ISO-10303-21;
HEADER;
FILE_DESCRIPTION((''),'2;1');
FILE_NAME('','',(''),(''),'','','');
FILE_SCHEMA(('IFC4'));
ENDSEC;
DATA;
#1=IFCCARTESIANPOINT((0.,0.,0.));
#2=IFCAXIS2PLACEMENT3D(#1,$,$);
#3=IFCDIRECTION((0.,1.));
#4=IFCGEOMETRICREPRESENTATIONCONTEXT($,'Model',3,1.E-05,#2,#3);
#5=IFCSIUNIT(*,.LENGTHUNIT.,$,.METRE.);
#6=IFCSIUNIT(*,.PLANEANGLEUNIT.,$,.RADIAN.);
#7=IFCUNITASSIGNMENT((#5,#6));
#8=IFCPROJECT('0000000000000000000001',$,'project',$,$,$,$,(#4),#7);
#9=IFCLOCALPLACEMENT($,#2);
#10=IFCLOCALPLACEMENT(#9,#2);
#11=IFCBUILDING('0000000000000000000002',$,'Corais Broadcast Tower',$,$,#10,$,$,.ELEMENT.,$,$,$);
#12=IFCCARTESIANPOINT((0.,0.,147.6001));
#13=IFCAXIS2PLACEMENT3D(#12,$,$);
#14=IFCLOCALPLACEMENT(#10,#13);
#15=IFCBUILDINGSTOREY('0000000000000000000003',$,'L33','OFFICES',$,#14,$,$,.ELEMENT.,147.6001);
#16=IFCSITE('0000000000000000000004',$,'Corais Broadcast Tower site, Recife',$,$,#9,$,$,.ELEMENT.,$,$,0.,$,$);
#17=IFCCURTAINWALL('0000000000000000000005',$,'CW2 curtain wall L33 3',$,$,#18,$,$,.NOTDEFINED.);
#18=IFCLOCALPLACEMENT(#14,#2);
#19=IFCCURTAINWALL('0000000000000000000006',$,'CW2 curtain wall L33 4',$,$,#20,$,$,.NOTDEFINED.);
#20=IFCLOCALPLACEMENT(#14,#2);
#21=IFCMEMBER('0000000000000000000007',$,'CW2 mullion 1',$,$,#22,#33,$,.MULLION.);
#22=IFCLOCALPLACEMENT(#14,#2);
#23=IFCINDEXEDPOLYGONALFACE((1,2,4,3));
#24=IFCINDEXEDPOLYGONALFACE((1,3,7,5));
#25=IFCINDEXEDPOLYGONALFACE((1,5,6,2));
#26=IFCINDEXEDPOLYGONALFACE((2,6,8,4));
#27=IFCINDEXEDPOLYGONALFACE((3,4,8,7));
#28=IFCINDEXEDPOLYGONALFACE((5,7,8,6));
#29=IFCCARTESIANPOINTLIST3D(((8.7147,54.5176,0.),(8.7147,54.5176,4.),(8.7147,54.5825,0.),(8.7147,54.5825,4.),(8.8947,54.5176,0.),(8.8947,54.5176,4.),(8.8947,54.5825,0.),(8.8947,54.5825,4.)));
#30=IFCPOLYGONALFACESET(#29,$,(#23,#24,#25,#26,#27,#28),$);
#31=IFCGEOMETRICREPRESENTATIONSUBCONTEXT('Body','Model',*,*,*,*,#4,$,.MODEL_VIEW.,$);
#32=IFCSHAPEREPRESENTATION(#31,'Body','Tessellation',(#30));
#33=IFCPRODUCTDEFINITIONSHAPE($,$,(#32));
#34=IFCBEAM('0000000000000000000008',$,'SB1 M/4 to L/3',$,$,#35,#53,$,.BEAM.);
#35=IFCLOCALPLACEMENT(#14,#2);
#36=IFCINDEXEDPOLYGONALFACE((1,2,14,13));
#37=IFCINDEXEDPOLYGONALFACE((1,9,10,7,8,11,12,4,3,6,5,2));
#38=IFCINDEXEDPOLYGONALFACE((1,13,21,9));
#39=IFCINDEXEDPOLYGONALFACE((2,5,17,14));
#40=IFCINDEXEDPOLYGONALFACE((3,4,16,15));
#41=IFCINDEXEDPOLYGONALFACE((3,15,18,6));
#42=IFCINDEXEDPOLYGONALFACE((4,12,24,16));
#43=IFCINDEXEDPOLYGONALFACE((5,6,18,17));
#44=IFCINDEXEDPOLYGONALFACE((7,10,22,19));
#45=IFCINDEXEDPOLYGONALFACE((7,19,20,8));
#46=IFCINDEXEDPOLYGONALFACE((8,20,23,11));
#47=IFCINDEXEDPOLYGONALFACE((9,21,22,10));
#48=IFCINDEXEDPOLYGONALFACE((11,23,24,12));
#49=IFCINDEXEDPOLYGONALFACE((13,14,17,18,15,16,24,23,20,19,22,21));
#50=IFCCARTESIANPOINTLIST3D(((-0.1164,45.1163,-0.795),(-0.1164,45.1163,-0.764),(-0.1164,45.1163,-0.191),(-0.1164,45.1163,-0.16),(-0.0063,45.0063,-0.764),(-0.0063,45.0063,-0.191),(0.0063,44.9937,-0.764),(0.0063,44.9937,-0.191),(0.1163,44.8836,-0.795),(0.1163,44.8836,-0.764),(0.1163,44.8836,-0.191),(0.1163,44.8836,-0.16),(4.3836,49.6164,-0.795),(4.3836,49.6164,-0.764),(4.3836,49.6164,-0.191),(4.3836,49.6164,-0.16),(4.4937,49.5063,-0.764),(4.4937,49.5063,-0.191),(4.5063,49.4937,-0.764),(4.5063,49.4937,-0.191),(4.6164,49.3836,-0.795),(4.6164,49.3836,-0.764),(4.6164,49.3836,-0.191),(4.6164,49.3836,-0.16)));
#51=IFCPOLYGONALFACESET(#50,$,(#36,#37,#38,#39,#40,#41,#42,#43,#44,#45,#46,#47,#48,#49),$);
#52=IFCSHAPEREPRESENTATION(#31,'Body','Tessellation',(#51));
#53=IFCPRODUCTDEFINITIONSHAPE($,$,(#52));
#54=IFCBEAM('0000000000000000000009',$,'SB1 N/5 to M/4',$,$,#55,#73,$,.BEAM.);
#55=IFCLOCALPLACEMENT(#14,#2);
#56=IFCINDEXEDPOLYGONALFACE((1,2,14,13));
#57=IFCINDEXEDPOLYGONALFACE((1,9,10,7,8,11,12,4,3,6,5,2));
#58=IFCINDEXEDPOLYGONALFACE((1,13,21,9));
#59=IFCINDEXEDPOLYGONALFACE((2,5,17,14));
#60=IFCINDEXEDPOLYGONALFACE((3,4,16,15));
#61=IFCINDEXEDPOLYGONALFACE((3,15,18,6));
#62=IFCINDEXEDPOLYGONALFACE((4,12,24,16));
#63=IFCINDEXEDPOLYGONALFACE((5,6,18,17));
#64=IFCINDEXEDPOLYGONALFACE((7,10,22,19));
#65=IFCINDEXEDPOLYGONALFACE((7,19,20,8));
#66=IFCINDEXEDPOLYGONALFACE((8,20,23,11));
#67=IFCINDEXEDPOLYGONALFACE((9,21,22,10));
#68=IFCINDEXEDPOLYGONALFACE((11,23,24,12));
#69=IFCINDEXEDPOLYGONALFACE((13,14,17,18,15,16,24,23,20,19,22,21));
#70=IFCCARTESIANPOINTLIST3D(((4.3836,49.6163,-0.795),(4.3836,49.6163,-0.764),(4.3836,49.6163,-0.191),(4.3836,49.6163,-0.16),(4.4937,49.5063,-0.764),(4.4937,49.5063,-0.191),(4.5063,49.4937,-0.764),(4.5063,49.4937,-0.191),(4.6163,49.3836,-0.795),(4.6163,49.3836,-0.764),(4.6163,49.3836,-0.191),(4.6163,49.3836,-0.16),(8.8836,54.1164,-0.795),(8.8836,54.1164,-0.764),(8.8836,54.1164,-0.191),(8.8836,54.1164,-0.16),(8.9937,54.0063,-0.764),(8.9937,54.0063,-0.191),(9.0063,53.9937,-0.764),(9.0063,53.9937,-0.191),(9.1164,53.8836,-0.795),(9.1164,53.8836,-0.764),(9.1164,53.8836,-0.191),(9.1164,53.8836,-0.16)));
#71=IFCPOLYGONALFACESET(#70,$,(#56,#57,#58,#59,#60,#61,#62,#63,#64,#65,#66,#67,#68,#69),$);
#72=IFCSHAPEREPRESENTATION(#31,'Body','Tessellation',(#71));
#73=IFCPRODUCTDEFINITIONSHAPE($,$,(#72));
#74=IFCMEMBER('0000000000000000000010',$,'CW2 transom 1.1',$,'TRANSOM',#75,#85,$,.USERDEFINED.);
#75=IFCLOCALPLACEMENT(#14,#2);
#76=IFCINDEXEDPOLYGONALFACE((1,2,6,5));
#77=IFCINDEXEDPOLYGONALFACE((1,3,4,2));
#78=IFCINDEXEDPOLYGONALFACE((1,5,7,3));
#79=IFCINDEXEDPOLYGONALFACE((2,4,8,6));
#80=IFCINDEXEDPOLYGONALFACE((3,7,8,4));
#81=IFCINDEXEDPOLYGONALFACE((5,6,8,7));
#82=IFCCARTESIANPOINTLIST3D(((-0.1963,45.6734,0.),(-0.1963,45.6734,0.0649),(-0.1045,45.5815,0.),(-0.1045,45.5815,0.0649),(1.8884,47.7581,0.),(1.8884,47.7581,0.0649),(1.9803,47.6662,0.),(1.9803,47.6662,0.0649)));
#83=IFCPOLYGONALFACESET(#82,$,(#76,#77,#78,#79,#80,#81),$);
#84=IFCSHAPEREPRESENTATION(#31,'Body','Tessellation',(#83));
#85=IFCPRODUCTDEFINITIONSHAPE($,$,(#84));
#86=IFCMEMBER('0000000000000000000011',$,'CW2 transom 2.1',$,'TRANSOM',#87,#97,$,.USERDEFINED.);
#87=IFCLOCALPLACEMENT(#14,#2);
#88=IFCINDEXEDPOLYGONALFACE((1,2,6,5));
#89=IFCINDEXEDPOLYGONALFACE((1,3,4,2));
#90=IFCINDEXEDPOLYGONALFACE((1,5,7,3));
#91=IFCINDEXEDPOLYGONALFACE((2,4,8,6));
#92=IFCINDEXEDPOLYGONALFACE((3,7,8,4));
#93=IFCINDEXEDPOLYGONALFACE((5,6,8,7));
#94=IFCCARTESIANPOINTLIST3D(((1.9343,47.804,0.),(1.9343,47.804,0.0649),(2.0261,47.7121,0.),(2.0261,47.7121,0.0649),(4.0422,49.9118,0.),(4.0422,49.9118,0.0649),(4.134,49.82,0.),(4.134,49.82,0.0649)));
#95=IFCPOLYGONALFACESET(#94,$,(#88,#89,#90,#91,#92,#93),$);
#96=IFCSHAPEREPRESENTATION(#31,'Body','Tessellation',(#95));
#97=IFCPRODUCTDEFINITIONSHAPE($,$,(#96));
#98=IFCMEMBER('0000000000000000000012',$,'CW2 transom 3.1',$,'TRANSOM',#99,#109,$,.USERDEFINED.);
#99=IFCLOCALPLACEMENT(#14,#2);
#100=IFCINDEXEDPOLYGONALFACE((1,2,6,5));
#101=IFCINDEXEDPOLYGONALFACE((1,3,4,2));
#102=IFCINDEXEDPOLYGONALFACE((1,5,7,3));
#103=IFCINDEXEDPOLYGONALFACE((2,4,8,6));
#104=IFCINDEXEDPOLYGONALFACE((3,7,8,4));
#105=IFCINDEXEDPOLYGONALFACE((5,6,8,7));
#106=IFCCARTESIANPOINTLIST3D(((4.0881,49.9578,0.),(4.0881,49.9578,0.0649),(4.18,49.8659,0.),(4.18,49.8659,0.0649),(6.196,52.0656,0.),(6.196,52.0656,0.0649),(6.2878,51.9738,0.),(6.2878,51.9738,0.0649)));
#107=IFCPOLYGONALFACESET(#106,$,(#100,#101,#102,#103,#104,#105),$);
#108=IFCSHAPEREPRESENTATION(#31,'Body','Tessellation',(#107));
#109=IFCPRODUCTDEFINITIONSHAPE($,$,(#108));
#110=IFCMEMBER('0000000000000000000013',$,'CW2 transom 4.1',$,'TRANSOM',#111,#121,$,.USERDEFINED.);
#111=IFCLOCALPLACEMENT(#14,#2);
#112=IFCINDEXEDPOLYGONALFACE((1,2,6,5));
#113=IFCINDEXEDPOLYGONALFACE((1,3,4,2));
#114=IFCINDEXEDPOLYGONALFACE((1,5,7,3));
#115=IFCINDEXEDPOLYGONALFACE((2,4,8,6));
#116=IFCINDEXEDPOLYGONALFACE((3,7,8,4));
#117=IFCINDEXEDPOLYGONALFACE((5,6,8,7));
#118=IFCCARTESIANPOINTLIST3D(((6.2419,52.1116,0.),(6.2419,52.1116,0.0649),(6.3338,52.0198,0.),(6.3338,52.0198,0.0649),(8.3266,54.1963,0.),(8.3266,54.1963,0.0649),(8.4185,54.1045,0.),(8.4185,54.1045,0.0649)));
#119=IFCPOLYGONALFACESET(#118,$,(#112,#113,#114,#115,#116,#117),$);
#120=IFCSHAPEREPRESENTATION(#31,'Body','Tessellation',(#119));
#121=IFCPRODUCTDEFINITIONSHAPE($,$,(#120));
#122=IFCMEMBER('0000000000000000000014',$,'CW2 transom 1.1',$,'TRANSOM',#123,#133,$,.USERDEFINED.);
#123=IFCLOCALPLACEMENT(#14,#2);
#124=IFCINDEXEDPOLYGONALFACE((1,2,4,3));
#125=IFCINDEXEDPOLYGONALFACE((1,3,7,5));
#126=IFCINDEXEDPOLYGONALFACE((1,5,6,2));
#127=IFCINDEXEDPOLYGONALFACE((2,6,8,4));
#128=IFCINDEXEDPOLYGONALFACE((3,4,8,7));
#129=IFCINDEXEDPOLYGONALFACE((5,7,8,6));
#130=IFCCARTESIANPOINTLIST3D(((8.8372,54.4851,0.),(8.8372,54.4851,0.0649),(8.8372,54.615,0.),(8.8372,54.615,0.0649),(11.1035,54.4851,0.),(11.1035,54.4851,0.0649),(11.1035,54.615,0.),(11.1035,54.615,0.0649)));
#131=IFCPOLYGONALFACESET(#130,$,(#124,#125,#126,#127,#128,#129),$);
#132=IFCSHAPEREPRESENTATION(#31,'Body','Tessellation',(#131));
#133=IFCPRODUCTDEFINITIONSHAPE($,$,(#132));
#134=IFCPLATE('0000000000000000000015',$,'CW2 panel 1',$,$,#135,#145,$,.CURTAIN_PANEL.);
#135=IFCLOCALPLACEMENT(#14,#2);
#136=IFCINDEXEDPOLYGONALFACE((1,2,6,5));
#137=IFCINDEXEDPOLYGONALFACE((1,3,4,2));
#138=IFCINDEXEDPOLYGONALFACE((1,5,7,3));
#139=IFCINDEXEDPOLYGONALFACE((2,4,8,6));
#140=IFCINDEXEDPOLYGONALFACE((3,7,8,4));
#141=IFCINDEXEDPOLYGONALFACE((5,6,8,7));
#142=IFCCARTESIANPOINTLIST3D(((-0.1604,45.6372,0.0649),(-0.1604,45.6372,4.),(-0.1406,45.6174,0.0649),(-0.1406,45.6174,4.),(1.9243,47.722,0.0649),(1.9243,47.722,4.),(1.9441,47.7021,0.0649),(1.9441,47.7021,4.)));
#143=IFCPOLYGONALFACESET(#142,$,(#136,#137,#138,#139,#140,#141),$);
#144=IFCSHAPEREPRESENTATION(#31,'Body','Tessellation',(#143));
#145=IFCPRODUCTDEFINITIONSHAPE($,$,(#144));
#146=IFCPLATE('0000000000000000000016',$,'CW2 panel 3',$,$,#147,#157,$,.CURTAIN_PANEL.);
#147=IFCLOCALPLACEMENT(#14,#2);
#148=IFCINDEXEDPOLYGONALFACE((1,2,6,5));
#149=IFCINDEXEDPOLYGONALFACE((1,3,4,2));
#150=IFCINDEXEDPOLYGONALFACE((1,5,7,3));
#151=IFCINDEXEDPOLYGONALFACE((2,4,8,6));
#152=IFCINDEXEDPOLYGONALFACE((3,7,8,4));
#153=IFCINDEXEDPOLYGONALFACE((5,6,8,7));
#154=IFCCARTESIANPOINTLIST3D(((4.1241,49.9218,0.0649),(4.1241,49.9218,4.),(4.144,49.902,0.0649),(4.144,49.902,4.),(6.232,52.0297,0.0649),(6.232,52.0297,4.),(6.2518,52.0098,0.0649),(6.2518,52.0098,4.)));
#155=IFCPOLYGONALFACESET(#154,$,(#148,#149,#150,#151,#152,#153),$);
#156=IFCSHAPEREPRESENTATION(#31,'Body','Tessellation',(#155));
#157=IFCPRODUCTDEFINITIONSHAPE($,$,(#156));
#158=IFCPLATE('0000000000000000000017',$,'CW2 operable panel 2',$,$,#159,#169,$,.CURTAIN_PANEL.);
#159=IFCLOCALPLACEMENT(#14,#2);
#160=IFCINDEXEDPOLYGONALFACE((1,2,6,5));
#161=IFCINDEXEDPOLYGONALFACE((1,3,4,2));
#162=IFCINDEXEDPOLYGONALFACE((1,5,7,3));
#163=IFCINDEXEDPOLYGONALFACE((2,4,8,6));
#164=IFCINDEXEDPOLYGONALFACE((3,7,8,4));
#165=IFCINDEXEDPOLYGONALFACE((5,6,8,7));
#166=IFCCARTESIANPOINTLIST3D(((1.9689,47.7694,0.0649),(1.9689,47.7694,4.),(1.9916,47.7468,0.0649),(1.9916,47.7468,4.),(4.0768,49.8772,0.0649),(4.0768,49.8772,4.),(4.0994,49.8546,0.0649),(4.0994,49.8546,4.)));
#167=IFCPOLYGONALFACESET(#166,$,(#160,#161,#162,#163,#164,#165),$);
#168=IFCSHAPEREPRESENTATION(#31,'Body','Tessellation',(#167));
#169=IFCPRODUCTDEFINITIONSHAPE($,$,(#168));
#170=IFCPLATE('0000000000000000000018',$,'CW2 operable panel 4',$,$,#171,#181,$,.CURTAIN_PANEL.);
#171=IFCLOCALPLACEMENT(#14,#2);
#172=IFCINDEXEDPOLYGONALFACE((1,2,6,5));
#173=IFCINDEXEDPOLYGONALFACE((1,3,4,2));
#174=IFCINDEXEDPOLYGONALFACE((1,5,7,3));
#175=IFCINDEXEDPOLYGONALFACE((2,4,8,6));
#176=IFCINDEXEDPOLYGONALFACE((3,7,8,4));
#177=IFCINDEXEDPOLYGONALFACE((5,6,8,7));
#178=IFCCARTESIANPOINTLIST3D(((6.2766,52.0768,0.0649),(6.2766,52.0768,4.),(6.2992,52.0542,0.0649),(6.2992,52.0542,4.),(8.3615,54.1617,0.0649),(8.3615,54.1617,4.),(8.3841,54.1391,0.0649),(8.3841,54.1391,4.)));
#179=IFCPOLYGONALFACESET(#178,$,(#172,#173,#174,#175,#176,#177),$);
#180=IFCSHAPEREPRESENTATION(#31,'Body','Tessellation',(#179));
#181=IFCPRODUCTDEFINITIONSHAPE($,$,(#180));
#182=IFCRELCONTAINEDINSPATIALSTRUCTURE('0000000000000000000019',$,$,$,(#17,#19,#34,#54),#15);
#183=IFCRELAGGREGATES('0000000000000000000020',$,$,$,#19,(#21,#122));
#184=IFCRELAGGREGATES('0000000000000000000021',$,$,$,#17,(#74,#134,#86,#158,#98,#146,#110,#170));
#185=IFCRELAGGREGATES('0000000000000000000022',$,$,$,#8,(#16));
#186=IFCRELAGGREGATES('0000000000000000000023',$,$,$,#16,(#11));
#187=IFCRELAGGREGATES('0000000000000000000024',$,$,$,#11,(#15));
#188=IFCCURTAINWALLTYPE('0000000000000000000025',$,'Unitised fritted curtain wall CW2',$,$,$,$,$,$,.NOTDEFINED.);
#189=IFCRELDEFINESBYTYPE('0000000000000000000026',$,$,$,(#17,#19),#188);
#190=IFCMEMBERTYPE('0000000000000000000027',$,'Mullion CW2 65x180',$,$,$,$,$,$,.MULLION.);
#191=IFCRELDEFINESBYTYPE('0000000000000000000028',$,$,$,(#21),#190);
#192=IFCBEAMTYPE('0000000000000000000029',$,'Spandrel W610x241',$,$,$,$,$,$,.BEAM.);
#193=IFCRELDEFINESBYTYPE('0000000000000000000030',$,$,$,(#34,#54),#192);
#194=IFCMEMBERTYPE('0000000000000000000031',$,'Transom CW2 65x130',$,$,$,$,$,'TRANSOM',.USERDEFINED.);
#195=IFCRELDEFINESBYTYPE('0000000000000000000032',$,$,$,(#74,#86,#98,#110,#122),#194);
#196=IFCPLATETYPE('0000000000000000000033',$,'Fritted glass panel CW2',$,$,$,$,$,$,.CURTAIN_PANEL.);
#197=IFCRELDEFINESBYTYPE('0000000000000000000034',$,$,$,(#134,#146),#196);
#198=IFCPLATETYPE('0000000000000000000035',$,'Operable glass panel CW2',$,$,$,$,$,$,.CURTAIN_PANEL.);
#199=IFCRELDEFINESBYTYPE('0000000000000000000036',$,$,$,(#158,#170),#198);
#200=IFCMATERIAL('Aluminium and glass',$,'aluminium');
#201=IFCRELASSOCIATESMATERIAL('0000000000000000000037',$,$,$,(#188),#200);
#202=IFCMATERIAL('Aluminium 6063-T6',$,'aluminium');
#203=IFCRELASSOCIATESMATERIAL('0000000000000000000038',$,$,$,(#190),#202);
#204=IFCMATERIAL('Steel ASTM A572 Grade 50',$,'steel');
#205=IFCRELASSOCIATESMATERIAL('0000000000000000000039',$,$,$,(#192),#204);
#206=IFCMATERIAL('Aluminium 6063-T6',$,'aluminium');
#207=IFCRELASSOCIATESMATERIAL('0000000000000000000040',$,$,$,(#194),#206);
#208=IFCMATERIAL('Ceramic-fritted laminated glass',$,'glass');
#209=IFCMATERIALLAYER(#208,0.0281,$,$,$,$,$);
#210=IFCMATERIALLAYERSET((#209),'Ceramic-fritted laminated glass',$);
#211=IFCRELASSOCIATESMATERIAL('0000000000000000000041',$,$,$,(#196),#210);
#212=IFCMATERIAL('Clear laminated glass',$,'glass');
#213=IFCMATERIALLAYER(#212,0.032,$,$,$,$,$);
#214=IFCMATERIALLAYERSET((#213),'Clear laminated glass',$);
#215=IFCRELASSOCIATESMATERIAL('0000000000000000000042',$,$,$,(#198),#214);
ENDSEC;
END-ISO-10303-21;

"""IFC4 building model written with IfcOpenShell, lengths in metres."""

from ifc_helpers import new_model, si_unit, direction, frame, origin, origin_2d, place, context, subcontext, project, spatial, rectangle, i_section, extrude, material, layer, layer_set, material_profile, profile_set, type_object, element, aggregate, save


model = new_model("IFC4")

# Units and contexts
model_context = context("Model", 3, precision=1e-05, world=origin(), true_north=direction((0.0, 1.0)))
body_context = subcontext(model_context, "Body", "Model", "MODEL_VIEW")
ifc_project = project(units=[si_unit("LENGTHUNIT", "METRE"), si_unit("PLANEANGLEUNIT", "RADIAN")], contexts=[model_context])

# Site, building, storey
site_placement = place(None, origin())
site = spatial("IfcSite", under=ifc_project, at=site_placement, Name="Corais Broadcast Tower site, Recife", CompositionType="ELEMENT", RefElevation=0.0)
building_placement = place(site_placement, origin())
building = spatial("IfcBuilding", under=site, at=building_placement, Name="Corais Broadcast Tower", CompositionType="ELEMENT")
storey_placement = place(building_placement, frame((0.0, 0.0, 147.6001)))
storey = spatial("IfcBuildingStorey", under=building, at=storey_placement, Name="L33", Description="OFFICES", CompositionType="ELEMENT", Elevation=147.6001)

# Shared definitions
ifc_material_1 = material(Name="Aluminium and glass", Category="aluminium")
curtain_wall_type = type_object("IfcCurtainWallType", Name="Unitised fritted curtain wall CW2", PredefinedType="NOTDEFINED", material=ifc_material_1)
ifc_material_2 = material(Name="Aluminium 6063-T6", Category="aluminium")
ifc_material_profile_1 = material_profile(ifc_material_2, rectangle(XDim=0.0649, YDim=0.1799, at=origin_2d()), Name="Mullion CW2 65x180")
ifc_profile_set_1 = profile_set([ifc_material_profile_1], Name="Aluminium 6063-T6")
member_type_1 = type_object("IfcMemberType", Name="Mullion CW2 65x180", PredefinedType="MULLION", material=ifc_profile_set_1)

# Curtain wall
curtain_wall_1_placement = place(storey_placement, origin())
curtain_wall_1 = element("IfcCurtainWall", 1, at=curtain_wall_1_placement, inside=storey, type_object=curtain_wall_type, Name="CW2 curtain wall L33 3", PredefinedType="NOTDEFINED")

# Curtain wall, member
curtain_wall_2_placement = place(storey_placement, origin())
curtain_wall_2 = element("IfcCurtainWall", 2, at=curtain_wall_2_placement, inside=storey, type_object=curtain_wall_type, Name="CW2 curtain wall L33 4", PredefinedType="NOTDEFINED")
member_1_placement = place(storey_placement, frame((8.8047, 54.55, 0.0), z_axis=(0.0, 0.0, 1.0), x_axis=(0.0, 1.0, 0.0)))
member_1 = element("IfcMember", 3, at=member_1_placement, type_object=member_type_1, Name="CW2 mullion 1", PredefinedType="MULLION", context=body_context, shape_type="SweptSolid", body=[
    extrude(rectangle(XDim=0.0649, YDim=0.1799, at=origin_2d()), origin(), (0.0, 0.0, 1.0), 4.0),
])

# Beams
ifc_material_3 = material(Name="Steel ASTM A572 Grade 50", Category="steel")
ifc_material_profile_2 = material_profile(ifc_material_3, i_section(OverallWidth=0.3291, OverallDepth=0.635, WebThickness=0.0178, FlangeThickness=0.031, at=origin_2d()), Name="W610x241")
ifc_profile_set_2 = profile_set([ifc_material_profile_2], Name="Steel ASTM A572 Grade 50")
beam_type_1 = type_object("IfcBeamType", Name="Spandrel W610x241", PredefinedType="BEAM", material=ifc_profile_set_2)
for number, where, z_axis, x_axis, name in (
    (4, (4.5, 49.5, -0.4775), (-0.707107, -0.707107, 0.0), (0.707107, -0.707107, 0.0), "SB1 M/4 to L/3"),
    (5, (9.0, 54.0, -0.4775), (-0.707107, -0.707107, 0.0), (0.707107, -0.707107, 0.0), "SB1 N/5 to M/4"),
):
    element("IfcBeam", number, at=place(storey_placement, frame(where, z_axis=z_axis, x_axis=x_axis)), inside=storey, type_object=beam_type_1, Name=name, PredefinedType="BEAM", context=body_context, shape_type="SweptSolid", body=[
        extrude(i_section(OverallWidth=0.3291, OverallDepth=0.635, WebThickness=0.0178, FlangeThickness=0.031, at=origin_2d()), origin(), (0.0, 0.0, 1.0), 6.364),
    ])

# Members
ifc_material_4 = material(Name="Aluminium 6063-T6", Category="aluminium")
ifc_material_profile_3 = material_profile(ifc_material_4, rectangle(XDim=0.1299, YDim=0.0649, at=origin_2d()), Name="Transom CW2 65x130")
ifc_profile_set_3 = profile_set([ifc_material_profile_3], Name="Aluminium 6063-T6")
member_type_2 = type_object("IfcMemberType", Name="Transom CW2 65x130", ElementType="TRANSOM", PredefinedType="USERDEFINED", material=ifc_profile_set_3)
member_2_placement = place(storey_placement, frame((-0.1504, 45.6274, 0.0325), z_axis=(0.707107, 0.707107, 0.0), x_axis=(-0.707107, 0.707107, 0.0)))
member_2 = element("IfcMember", 6, at=member_2_placement, type_object=member_type_2, Name="CW2 transom 1.1", ObjectType="TRANSOM", PredefinedType="USERDEFINED", context=body_context, shape_type="SweptSolid", body=[
    extrude(rectangle(XDim=0.1299, YDim=0.0649, at=origin_2d()), origin(), (0.0, 0.0, 1.0), 2.9482),
])
member_3_placement = place(storey_placement, frame((1.9802, 47.7581, 0.0325), z_axis=(0.707107, 0.707107, 0.0), x_axis=(-0.707107, 0.707107, 0.0)))
member_3 = element("IfcMember", 7, at=member_3_placement, type_object=member_type_2, Name="CW2 transom 2.1", ObjectType="TRANSOM", PredefinedType="USERDEFINED", context=body_context, shape_type="SweptSolid", body=[
    extrude(rectangle(XDim=0.1299, YDim=0.0649, at=origin_2d()), origin(), (0.0, 0.0, 1.0), 2.981),
])
member_4_placement = place(storey_placement, frame((4.134, 49.9119, 0.0325), z_axis=(0.707107, 0.707107, 0.0), x_axis=(-0.707107, 0.707107, 0.0)))
member_4 = element("IfcMember", 8, at=member_4_placement, type_object=member_type_2, Name="CW2 transom 3.1", ObjectType="TRANSOM", PredefinedType="USERDEFINED", context=body_context, shape_type="SweptSolid", body=[
    extrude(rectangle(XDim=0.1299, YDim=0.0649, at=origin_2d()), origin(), (0.0, 0.0, 1.0), 2.981),
])
member_5_placement = place(storey_placement, frame((6.2878, 52.0657, 0.0325), z_axis=(0.707107, 0.707107, 0.0), x_axis=(-0.707107, 0.707107, 0.0)))
member_5 = element("IfcMember", 9, at=member_5_placement, type_object=member_type_2, Name="CW2 transom 4.1", ObjectType="TRANSOM", PredefinedType="USERDEFINED", context=body_context, shape_type="SweptSolid", body=[
    extrude(rectangle(XDim=0.1299, YDim=0.0649, at=origin_2d()), origin(), (0.0, 0.0, 1.0), 2.9482),
])
member_6_placement = place(storey_placement, frame((8.8372, 54.55, 0.0325), z_axis=(1.0, 0.0, 0.0), x_axis=(0.0, 1.0, 0.0)))
member_6 = element("IfcMember", 10, at=member_6_placement, type_object=member_type_2, Name="CW2 transom 1.1", ObjectType="TRANSOM", PredefinedType="USERDEFINED", context=body_context, shape_type="SweptSolid", body=[
    extrude(rectangle(XDim=0.1299, YDim=0.0649, at=origin_2d()), origin(), (0.0, 0.0, 1.0), 2.2664),
])
aggregate(curtain_wall_2, [member_1, member_6])

# Plates
ifc_material_5 = material(Name="Ceramic-fritted laminated glass", Category="glass")
ifc_layer_1 = layer(ifc_material_5, 0.0281)
ifc_layer_set_1 = layer_set([ifc_layer_1], Name="Ceramic-fritted laminated glass")
plate_type_1 = type_object("IfcPlateType", Name="Fritted glass panel CW2", PredefinedType="CURTAIN_PANEL", material=ifc_layer_set_1)
plate_1_placement = place(storey_placement, frame((0.8918, 46.6697, 0.0649), z_axis=(0.0, 0.0, 1.0), x_axis=(0.707107, 0.707107, 0.0)))
plate_1 = element("IfcPlate", 11, at=plate_1_placement, type_object=plate_type_1, Name="CW2 panel 1", PredefinedType="CURTAIN_PANEL", context=body_context, shape_type="SweptSolid", body=[
    extrude(rectangle(XDim=2.9482, YDim=0.0281, at=origin_2d()), origin(), (0.0, 0.0, 1.0), 3.9351),
])
plate_2_placement = place(storey_placement, frame((5.188, 50.9658, 0.0649), z_axis=(0.0, 0.0, 1.0), x_axis=(0.707107, 0.707107, 0.0)))
plate_2 = element("IfcPlate", 12, at=plate_2_placement, type_object=plate_type_1, Name="CW2 panel 3", PredefinedType="CURTAIN_PANEL", context=body_context, shape_type="SweptSolid", body=[
    extrude(rectangle(XDim=2.981, YDim=0.0281, at=origin_2d()), origin(), (0.0, 0.0, 1.0), 3.9351),
])
ifc_material_6 = material(Name="Clear laminated glass", Category="glass")
ifc_layer_2 = layer(ifc_material_6, 0.032)
ifc_layer_set_2 = layer_set([ifc_layer_2], Name="Clear laminated glass")
plate_type_2 = type_object("IfcPlateType", Name="Operable glass panel CW2", PredefinedType="CURTAIN_PANEL", material=ifc_layer_set_2)
plate_3_placement = place(storey_placement, frame((3.0342, 48.812, 0.0649), z_axis=(0.0, 0.0, 1.0), x_axis=(0.707107, 0.707107, 0.0)))
plate_3 = element("IfcPlate", 13, at=plate_3_placement, type_object=plate_type_2, Name="CW2 operable panel 2", PredefinedType="CURTAIN_PANEL", context=body_context, shape_type="SweptSolid", body=[
    extrude(rectangle(XDim=2.981, YDim=0.032, at=origin_2d()), origin(), (0.0, 0.0, 1.0), 3.9351),
])
plate_4_placement = place(storey_placement, frame((7.3303, 53.1079, 0.0649), z_axis=(0.0, 0.0, 1.0), x_axis=(0.707107, 0.707107, 0.0)))
plate_4 = element("IfcPlate", 14, at=plate_4_placement, type_object=plate_type_2, Name="CW2 operable panel 4", PredefinedType="CURTAIN_PANEL", context=body_context, shape_type="SweptSolid", body=[
    extrude(rectangle(XDim=2.9485, YDim=0.032, at=origin_2d()), origin(), (0.0, 0.0, 1.0), 3.9351),
])
aggregate(curtain_wall_1, [member_2, plate_1, member_3, plate_3, member_4, plate_2, member_5, plate_4])

save(model, "model.ifc")
